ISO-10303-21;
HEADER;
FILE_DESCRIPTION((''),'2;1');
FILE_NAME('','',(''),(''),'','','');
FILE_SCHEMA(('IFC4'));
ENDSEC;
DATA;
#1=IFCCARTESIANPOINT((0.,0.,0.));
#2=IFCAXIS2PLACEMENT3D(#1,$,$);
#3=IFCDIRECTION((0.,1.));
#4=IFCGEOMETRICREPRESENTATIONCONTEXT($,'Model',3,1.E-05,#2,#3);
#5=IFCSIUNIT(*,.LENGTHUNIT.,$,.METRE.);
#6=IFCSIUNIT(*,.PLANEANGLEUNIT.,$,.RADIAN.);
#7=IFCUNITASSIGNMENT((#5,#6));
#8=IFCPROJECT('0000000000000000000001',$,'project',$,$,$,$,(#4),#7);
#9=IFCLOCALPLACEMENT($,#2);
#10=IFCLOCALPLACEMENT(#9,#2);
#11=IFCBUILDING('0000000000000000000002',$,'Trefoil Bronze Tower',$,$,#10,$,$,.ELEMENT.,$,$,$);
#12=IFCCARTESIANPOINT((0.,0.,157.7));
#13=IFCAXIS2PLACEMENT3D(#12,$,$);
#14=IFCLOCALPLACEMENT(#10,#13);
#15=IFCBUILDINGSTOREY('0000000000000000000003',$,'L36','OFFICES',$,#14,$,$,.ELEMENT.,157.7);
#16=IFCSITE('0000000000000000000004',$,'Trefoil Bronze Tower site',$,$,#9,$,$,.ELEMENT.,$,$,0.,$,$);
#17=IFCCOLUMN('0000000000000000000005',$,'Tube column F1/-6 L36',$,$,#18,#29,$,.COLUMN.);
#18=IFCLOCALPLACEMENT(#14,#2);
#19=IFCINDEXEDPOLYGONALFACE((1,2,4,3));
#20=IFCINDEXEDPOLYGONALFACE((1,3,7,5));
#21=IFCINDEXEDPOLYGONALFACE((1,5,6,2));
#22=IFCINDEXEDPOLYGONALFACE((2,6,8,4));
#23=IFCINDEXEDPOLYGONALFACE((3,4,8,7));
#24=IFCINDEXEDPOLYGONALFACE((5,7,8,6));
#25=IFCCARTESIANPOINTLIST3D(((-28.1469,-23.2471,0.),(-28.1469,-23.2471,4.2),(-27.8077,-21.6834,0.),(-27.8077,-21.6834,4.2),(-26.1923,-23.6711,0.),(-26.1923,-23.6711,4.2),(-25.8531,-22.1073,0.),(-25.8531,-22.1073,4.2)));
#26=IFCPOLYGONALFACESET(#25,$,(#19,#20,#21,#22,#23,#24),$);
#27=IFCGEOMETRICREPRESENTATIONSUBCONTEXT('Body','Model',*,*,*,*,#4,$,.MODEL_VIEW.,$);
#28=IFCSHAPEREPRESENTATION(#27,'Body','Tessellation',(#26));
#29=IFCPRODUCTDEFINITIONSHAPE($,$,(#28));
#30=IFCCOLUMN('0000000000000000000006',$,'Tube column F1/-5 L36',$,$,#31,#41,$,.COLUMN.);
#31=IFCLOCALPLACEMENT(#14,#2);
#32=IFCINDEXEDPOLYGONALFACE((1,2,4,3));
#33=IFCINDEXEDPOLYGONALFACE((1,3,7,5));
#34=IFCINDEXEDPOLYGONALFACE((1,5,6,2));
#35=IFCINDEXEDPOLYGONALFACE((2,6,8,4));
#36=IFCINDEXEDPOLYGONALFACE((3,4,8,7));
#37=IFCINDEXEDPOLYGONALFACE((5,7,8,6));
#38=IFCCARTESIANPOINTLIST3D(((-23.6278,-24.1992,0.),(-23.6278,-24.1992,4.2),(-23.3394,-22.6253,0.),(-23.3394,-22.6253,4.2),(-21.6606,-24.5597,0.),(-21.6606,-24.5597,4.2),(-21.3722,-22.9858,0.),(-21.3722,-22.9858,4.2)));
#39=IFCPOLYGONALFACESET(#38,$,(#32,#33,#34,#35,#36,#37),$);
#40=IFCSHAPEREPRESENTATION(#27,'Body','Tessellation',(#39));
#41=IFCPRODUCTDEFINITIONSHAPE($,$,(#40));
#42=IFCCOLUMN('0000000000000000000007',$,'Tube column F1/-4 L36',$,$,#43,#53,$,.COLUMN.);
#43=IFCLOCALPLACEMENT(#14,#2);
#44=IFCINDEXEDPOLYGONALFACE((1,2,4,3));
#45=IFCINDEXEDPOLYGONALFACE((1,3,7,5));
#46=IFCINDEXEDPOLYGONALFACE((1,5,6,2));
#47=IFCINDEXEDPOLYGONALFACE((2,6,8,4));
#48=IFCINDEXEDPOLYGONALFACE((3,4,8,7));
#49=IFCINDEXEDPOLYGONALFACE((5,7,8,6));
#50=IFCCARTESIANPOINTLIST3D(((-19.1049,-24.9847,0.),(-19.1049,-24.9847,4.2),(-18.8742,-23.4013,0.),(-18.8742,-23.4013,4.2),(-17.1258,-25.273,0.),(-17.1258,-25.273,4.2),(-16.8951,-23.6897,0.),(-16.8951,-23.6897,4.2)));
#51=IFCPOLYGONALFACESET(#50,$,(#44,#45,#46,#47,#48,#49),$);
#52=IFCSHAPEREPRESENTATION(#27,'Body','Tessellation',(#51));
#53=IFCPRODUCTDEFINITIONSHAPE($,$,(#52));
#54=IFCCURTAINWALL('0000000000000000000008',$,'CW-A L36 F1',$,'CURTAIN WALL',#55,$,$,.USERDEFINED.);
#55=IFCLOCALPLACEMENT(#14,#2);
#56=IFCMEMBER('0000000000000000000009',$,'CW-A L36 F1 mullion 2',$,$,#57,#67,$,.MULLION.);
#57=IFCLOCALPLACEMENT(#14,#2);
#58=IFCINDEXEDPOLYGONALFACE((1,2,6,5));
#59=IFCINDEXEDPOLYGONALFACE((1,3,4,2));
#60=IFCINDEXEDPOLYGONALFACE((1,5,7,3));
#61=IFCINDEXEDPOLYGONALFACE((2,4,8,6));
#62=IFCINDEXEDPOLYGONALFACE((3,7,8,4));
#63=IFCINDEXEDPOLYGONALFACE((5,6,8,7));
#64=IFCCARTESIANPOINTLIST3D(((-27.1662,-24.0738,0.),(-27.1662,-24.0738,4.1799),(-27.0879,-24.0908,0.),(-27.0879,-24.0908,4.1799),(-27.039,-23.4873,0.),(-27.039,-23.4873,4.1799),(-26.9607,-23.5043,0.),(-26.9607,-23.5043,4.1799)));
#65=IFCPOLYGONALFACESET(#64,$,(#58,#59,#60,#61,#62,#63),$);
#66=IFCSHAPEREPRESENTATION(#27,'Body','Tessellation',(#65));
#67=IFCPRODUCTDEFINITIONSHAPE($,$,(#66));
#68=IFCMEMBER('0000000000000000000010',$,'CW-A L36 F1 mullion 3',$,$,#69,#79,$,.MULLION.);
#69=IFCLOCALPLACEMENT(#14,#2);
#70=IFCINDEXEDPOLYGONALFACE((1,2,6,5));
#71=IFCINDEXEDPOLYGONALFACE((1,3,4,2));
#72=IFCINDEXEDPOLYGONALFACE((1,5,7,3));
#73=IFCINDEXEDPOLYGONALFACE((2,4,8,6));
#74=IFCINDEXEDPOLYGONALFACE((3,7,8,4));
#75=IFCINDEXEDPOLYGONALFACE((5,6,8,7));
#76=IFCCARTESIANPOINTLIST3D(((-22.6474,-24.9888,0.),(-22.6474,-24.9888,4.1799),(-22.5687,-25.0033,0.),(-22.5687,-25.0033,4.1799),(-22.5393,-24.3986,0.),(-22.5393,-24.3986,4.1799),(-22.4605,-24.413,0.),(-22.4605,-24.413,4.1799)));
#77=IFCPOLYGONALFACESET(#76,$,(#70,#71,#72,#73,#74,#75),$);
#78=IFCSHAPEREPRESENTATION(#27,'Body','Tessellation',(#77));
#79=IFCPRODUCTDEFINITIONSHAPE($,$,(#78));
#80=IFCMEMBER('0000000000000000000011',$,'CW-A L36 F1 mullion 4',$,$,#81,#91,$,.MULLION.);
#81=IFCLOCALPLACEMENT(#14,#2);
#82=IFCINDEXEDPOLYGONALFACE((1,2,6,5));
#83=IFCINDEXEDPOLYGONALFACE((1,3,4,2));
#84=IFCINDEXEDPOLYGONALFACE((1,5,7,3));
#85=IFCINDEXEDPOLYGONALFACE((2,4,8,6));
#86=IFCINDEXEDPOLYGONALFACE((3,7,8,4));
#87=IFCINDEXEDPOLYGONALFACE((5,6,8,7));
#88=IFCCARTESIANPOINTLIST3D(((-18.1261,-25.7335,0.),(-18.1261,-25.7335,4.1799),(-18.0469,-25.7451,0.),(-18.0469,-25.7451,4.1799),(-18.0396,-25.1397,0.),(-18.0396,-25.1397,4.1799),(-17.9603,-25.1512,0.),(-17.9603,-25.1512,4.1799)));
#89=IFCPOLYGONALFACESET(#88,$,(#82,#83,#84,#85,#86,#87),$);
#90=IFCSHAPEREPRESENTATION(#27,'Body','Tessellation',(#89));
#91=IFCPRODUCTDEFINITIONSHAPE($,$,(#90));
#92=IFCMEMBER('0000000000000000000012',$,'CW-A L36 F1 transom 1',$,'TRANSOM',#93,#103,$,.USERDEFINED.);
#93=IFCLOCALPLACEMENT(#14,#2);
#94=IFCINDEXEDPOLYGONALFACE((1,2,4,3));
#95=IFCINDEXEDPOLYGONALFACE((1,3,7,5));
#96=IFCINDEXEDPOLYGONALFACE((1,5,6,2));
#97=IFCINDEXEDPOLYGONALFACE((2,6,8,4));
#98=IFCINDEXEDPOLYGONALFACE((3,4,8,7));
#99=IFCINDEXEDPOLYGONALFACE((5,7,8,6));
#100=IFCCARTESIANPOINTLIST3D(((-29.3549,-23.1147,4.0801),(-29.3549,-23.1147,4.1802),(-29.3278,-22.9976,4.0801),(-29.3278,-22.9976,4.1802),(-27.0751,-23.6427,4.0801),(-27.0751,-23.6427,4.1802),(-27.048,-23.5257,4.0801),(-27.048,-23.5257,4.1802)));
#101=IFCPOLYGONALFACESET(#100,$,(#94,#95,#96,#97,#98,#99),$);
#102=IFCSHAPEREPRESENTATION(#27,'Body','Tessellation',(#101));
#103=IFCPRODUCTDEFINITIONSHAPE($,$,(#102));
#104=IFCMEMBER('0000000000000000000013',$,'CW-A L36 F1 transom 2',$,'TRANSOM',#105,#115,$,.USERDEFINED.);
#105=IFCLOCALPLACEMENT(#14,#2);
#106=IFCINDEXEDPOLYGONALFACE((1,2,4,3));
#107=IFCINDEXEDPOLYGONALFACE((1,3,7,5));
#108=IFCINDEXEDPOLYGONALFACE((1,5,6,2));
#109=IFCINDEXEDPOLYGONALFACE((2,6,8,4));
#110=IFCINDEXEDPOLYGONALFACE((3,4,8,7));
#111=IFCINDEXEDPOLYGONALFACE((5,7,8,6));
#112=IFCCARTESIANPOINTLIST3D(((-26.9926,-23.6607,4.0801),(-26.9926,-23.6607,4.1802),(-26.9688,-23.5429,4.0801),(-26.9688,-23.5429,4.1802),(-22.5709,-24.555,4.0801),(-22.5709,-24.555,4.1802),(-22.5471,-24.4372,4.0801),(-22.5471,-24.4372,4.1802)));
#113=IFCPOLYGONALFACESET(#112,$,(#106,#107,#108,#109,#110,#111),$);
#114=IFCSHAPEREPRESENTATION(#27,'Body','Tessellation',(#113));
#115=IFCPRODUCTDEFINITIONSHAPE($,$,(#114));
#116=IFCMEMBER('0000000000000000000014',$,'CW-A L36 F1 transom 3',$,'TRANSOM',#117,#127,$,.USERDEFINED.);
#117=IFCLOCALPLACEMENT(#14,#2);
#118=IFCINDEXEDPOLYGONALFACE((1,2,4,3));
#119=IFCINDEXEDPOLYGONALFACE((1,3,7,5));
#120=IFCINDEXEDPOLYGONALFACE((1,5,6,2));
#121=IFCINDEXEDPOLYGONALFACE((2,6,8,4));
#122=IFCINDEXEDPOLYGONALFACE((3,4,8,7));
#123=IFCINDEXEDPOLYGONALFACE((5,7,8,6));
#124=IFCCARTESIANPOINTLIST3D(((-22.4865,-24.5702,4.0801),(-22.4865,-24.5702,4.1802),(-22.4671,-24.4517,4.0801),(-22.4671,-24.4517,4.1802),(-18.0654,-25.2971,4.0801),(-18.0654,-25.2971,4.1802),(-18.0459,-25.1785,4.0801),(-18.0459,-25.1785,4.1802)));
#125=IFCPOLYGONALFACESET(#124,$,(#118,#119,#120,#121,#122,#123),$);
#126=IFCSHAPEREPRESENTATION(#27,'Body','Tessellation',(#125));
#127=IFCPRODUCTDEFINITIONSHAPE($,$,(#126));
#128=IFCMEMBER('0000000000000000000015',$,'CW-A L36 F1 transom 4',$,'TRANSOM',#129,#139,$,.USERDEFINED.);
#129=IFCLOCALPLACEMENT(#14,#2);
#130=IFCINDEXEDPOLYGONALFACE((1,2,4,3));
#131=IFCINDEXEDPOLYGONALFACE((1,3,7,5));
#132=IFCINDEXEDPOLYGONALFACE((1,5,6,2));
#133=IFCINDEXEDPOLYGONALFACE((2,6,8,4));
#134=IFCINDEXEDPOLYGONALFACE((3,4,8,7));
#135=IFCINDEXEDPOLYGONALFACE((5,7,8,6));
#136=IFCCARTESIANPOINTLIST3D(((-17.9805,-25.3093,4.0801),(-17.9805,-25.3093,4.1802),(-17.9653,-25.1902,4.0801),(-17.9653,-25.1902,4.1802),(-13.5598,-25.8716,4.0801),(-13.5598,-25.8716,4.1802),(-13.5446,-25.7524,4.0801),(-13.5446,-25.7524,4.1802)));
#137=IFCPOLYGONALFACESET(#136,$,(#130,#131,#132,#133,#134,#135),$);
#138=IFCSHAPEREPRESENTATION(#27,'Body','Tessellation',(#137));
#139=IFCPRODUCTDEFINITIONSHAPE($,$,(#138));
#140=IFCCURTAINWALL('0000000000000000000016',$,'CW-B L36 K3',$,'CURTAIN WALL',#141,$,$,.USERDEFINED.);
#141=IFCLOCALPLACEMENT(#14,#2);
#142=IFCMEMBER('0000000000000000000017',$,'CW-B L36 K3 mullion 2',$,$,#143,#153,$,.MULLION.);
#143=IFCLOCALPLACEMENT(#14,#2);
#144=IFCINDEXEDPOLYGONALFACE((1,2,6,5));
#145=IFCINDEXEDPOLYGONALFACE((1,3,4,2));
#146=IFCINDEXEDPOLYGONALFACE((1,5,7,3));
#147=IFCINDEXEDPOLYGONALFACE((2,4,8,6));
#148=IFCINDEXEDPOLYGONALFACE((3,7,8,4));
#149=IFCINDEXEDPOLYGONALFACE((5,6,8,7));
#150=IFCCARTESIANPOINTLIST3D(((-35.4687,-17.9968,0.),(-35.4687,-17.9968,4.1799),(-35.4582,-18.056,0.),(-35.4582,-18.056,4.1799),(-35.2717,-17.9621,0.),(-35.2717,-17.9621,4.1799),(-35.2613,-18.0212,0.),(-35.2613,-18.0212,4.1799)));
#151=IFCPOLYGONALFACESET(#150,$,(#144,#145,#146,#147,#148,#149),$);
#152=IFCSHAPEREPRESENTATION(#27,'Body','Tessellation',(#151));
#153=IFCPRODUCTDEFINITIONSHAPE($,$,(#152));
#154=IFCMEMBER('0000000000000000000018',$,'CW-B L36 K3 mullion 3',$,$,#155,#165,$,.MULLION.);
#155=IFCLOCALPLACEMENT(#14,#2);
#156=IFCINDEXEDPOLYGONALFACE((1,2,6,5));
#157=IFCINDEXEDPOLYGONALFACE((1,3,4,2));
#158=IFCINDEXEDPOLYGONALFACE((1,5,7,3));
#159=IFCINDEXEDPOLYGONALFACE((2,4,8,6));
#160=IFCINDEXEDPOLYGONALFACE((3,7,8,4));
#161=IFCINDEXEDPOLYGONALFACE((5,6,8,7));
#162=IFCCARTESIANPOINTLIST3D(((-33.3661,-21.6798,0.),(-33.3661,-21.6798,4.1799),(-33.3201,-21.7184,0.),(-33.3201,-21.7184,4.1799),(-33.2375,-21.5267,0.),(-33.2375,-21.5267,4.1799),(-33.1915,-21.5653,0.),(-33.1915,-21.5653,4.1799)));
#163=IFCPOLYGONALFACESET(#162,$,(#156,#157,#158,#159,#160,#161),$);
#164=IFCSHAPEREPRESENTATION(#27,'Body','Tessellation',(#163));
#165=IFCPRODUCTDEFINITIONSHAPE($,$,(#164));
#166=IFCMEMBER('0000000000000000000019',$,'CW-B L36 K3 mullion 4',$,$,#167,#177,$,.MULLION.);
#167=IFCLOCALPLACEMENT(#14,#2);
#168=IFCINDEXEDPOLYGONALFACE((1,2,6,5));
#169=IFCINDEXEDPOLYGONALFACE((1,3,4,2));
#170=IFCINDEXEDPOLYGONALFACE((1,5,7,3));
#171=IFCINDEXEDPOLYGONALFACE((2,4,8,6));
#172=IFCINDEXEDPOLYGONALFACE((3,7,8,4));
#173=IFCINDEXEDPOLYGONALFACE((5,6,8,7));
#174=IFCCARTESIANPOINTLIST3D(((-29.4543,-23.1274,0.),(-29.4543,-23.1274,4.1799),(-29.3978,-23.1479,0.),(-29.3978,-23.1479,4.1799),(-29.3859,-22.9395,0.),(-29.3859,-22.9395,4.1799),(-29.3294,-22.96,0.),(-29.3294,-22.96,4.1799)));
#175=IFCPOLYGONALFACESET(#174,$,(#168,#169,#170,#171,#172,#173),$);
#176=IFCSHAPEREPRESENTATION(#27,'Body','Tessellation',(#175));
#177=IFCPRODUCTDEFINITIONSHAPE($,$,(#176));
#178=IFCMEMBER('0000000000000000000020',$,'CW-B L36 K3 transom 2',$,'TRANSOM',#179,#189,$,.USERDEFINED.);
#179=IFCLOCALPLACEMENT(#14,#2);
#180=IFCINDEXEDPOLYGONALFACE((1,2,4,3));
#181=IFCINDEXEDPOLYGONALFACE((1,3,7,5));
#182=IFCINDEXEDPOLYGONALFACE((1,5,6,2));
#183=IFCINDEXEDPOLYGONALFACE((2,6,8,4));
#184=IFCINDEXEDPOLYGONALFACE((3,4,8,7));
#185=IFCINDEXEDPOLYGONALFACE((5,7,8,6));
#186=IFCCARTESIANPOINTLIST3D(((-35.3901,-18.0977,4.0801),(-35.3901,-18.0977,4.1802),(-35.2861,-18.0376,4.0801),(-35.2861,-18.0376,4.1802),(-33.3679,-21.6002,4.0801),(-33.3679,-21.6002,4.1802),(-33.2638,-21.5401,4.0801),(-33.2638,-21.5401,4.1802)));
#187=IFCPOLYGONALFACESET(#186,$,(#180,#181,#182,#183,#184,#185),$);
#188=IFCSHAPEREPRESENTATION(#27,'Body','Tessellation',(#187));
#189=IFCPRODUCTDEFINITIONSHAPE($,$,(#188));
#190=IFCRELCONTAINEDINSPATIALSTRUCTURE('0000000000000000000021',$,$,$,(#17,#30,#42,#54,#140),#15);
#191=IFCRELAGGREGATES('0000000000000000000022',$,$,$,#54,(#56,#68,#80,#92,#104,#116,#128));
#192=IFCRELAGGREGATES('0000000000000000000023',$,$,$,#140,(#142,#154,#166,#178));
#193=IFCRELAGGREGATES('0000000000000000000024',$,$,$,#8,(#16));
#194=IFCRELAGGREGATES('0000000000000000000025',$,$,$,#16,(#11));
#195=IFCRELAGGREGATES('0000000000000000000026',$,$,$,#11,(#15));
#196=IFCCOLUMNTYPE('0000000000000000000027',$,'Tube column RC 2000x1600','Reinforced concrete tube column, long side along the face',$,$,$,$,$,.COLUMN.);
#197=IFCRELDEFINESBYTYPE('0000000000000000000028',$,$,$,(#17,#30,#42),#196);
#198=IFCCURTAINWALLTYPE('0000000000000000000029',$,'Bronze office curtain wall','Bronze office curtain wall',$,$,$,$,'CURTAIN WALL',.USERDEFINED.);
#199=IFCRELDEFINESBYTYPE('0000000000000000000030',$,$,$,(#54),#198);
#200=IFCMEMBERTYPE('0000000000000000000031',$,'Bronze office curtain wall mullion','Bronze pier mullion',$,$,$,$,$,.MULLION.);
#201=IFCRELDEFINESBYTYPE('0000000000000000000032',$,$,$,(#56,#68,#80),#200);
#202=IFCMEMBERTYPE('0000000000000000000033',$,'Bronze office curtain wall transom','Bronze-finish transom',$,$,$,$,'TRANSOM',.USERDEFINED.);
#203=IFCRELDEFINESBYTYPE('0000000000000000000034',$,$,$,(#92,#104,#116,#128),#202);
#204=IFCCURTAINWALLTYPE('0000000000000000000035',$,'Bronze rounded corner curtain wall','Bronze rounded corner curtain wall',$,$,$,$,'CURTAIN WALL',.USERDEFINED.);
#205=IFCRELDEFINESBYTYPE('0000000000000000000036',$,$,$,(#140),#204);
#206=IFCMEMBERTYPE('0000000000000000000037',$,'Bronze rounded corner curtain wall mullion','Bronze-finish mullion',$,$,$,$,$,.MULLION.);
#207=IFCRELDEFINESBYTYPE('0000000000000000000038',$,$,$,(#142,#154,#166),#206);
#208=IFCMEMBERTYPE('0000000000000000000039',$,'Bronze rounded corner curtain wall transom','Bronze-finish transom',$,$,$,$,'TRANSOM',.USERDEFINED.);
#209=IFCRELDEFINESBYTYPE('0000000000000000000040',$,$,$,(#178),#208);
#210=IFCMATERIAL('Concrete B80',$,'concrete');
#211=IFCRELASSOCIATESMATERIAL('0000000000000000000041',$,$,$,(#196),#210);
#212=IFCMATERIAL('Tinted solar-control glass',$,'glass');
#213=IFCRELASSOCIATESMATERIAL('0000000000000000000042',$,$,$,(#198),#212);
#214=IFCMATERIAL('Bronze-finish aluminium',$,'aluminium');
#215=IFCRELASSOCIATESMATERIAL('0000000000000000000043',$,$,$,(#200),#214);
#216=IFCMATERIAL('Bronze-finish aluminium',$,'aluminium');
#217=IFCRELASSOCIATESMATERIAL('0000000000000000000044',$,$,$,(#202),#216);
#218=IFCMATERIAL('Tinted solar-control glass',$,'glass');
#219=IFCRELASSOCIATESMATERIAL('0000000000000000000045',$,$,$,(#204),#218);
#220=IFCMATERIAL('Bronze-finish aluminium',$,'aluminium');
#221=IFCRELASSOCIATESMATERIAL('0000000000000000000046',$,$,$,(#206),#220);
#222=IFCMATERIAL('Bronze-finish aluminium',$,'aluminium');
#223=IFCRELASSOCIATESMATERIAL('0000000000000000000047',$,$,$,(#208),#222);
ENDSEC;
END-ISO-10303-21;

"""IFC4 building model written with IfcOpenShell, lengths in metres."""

from ifc_helpers import new_model, si_unit, direction, frame, origin, origin_2d, place, context, subcontext, project, spatial, rectangle, extrude, material, material_profile, profile_set, type_object, element, aggregate, save


model = new_model("IFC4")

# Units and contexts
model_context = context("Model", 3, precision=1e-05, world=origin(), true_north=direction((0.0, 1.0)))
body_context = subcontext(model_context, "Body", "Model", "MODEL_VIEW")
ifc_project = project(units=[si_unit("LENGTHUNIT", "METRE"), si_unit("PLANEANGLEUNIT", "RADIAN")], contexts=[model_context])

# Site, building, storey
site_placement = place(None, origin())
site = spatial("IfcSite", under=ifc_project, at=site_placement, Name="Trefoil Bronze Tower site", CompositionType="ELEMENT", RefElevation=0.0)
building_placement = place(site_placement, origin())
building = spatial("IfcBuilding", under=site, at=building_placement, Name="Trefoil Bronze Tower", CompositionType="ELEMENT")
storey_placement = place(building_placement, frame((0.0, 0.0, 157.7)))
storey = spatial("IfcBuildingStorey", under=building, at=storey_placement, Name="L36", Description="OFFICES", CompositionType="ELEMENT", Elevation=157.7)

# Columns
ifc_material_1 = material(Name="Concrete B80", Category="concrete")
ifc_material_profile_1 = material_profile(ifc_material_1, rectangle(XDim=2.0, YDim=1.6001, at=origin_2d()), Name="RC 2000x1600")
ifc_profile_set_1 = profile_set([ifc_material_profile_1], Name="Concrete B80")
column_type = type_object("IfcColumnType", Name="Tube column RC 2000x1600", Description="Reinforced concrete tube column, long side along the face", PredefinedType="COLUMN", material=ifc_profile_set_1)
for number, where, z_axis, x_axis, name in (
    (1, (-27.0, -22.6772, 0.0), (0.0, 0.0, 1.0), (0.977276, -0.21197, 0.0), "Tube column F1/-6 L36"),
    (2, (-22.5, -23.5925, 0.0), (0.0, 0.0, 1.0), (0.983623, -0.180241, 0.0), "Tube column F1/-5 L36"),
    (3, (-18.0, -24.3372, 0.0), (0.0, 0.0, 1.0), (0.98955, -0.144192, 0.0), "Tube column F1/-4 L36"),
):
    element("IfcColumn", number, at=place(storey_placement, frame(where, z_axis=z_axis, x_axis=x_axis)), inside=storey, type_object=column_type, Name=name, PredefinedType="COLUMN", context=body_context, shape_type="SweptSolid", body=[
        extrude(rectangle(XDim=2.0, YDim=1.6001, at=origin_2d()), origin(), (0.0, 0.0, 1.0), 4.2),
    ])

# Curtain walls, members
ifc_material_2 = material(Name="Tinted solar-control glass", Category="glass")
curtain_wall_type_1 = type_object("IfcCurtainWallType", Name="Bronze office curtain wall", Description="Bronze office curtain wall", ElementType="CURTAIN WALL", PredefinedType="USERDEFINED", material=ifc_material_2)
curtain_wall_1_placement = place(storey_placement, origin())
curtain_wall_1 = element("IfcCurtainWall", 4, at=curtain_wall_1_placement, inside=storey, type_object=curtain_wall_type_1, Name="CW-A L36 F1", ObjectType="CURTAIN WALL", PredefinedType="USERDEFINED")
ifc_material_3 = material(Name="Bronze-finish aluminium", Category="aluminium")
ifc_material_profile_2 = material_profile(ifc_material_3, rectangle(XDim=0.6001, YDim=0.0801, at=origin_2d()), Name="CW-A mullion")
ifc_profile_set_2 = profile_set([ifc_material_profile_2], Name="Bronze-finish aluminium")
member_type_1 = type_object("IfcMemberType", Name="Bronze office curtain wall mullion", Description="Bronze pier mullion", PredefinedType="MULLION", material=ifc_profile_set_2)
member_1_placement = place(storey_placement, frame((-27.0635, -23.7891, 0.0), z_axis=(0.0, 0.0, 1.0), x_axis=(0.21197, 0.977276, 0.0)))
member_1 = element("IfcMember", 5, at=member_1_placement, type_object=member_type_1, Name="CW-A L36 F1 mullion 2", PredefinedType="MULLION", context=body_context, shape_type="SweptSolid", body=[
    extrude(rectangle(XDim=0.6001, YDim=0.0801, at=origin_2d()), origin(), (0.0, 0.0, 1.0), 4.1799),
])
member_2_placement = place(storey_placement, frame((-22.554, -24.7009, 0.0), z_axis=(0.0, 0.0, 1.0), x_axis=(0.180241, 0.983623, 0.0)))
member_2 = element("IfcMember", 6, at=member_2_placement, type_object=member_type_1, Name="CW-A L36 F1 mullion 3", PredefinedType="MULLION", context=body_context, shape_type="SweptSolid", body=[
    extrude(rectangle(XDim=0.6001, YDim=0.0801, at=origin_2d()), origin(), (0.0, 0.0, 1.0), 4.1799),
])
member_3_placement = place(storey_placement, frame((-18.0432, -25.4424, 0.0), z_axis=(0.0, 0.0, 1.0), x_axis=(0.144192, 0.98955, 0.0)))
member_3 = element("IfcMember", 7, at=member_3_placement, type_object=member_type_1, Name="CW-A L36 F1 mullion 4", PredefinedType="MULLION", context=body_context, shape_type="SweptSolid", body=[
    extrude(rectangle(XDim=0.6001, YDim=0.0801, at=origin_2d()), origin(), (0.0, 0.0, 1.0), 4.1799),
])
ifc_material_4 = material(Name="Bronze-finish aluminium", Category="aluminium")
ifc_material_profile_3 = material_profile(ifc_material_4, rectangle(XDim=0.1201, YDim=0.1001, at=origin_2d()), Name="CW-A transom")
ifc_profile_set_3 = profile_set([ifc_material_profile_3], Name="Bronze-finish aluminium")
member_type_2 = type_object("IfcMemberType", Name="Bronze office curtain wall transom", Description="Bronze-finish transom", ElementType="TRANSOM", PredefinedType="USERDEFINED", material=ifc_profile_set_3)
member_4_placement = place(storey_placement, frame((-29.3413, -23.0562, 4.1301), z_axis=(0.974206, -0.225659, 0.0), x_axis=(0.225659, 0.974206, 0.0)))
member_4 = element("IfcMember", 8, at=member_4_placement, type_object=member_type_2, Name="CW-A L36 F1 transom 1", ObjectType="TRANSOM", PredefinedType="USERDEFINED", context=body_context, shape_type="SweptSolid", body=[
    extrude(rectangle(XDim=0.1201, YDim=0.1001, at=origin_2d()), origin(), (0.0, 0.0, 1.0), 2.3401),
])
member_5_placement = place(storey_placement, frame((-26.9807, -23.6018, 4.1301), z_axis=(0.980154, -0.198239, 0.0), x_axis=(0.198239, 0.980154, 0.0)))
member_5 = element("IfcMember", 9, at=member_5_placement, type_object=member_type_2, Name="CW-A L36 F1 transom 2", ObjectType="TRANSOM", PredefinedType="USERDEFINED", context=body_context, shape_type="SweptSolid", body=[
    extrude(rectangle(XDim=0.1201, YDim=0.1001, at=origin_2d()), origin(), (0.0, 0.0, 1.0), 4.5112),
])
member_6_placement = place(storey_placement, frame((-22.4768, -24.511, 4.1301), z_axis=(0.986755, -0.162216, 0.0), x_axis=(0.162216, 0.986755, 0.0)))
member_6 = element("IfcMember", 10, at=member_6_placement, type_object=member_type_2, Name="CW-A L36 F1 transom 3", ObjectType="TRANSOM", PredefinedType="USERDEFINED", context=body_context, shape_type="SweptSolid", body=[
    extrude(rectangle(XDim=0.1201, YDim=0.1001, at=origin_2d()), origin(), (0.0, 0.0, 1.0), 4.4805),
])
member_7_placement = place(storey_placement, frame((-17.9729, -25.2498, 4.1301), z_axis=(0.992008, -0.126172, 0.0), x_axis=(0.126172, 0.992008, 0.0)))
member_7 = element("IfcMember", 11, at=member_7_placement, type_object=member_type_2, Name="CW-A L36 F1 transom 4", ObjectType="TRANSOM", PredefinedType="USERDEFINED", context=body_context, shape_type="SweptSolid", body=[
    extrude(rectangle(XDim=0.1201, YDim=0.1001, at=origin_2d()), origin(), (0.0, 0.0, 1.0), 4.4563),
])
ifc_material_5 = material(Name="Tinted solar-control glass", Category="glass")
curtain_wall_type_2 = type_object("IfcCurtainWallType", Name="Bronze rounded corner curtain wall", Description="Bronze rounded corner curtain wall", ElementType="CURTAIN WALL", PredefinedType="USERDEFINED", material=ifc_material_5)
curtain_wall_2_placement = place(storey_placement, origin())
curtain_wall_2 = element("IfcCurtainWall", 12, at=curtain_wall_2_placement, inside=storey, type_object=curtain_wall_type_2, Name="CW-B L36 K3", ObjectType="CURTAIN WALL", PredefinedType="USERDEFINED")
ifc_material_6 = material(Name="Bronze-finish aluminium", Category="aluminium")
ifc_material_profile_4 = material_profile(ifc_material_6, rectangle(XDim=0.2, YDim=0.0601, at=origin_2d()), Name="CW-B mullion")
ifc_profile_set_4 = profile_set([ifc_material_profile_4], Name="Bronze-finish aluminium")
member_type_3 = type_object("IfcMemberType", Name="Bronze rounded corner curtain wall mullion", Description="Bronze-finish mullion", PredefinedType="MULLION", material=ifc_profile_set_4)
member_8_placement = place(storey_placement, frame((-35.365, -18.009, 0.0), z_axis=(0.0, 0.0, 1.0), x_axis=(0.984808, 0.173648, 0.0)))
member_8 = element("IfcMember", 13, at=member_8_placement, type_object=member_type_3, Name="CW-B L36 K3 mullion 2", PredefinedType="MULLION", context=body_context, shape_type="SweptSolid", body=[
    extrude(rectangle(XDim=0.2, YDim=0.0601, at=origin_2d()), origin(), (0.0, 0.0, 1.0), 4.1799),
])
member_9_placement = place(storey_placement, frame((-33.2788, -21.6226, 0.0), z_axis=(0.0, 0.0, 1.0), x_axis=(0.642788, 0.766044, 0.0)))
member_9 = element("IfcMember", 14, at=member_9_placement, type_object=member_type_3, Name="CW-B L36 K3 mullion 3", PredefinedType="MULLION", context=body_context, shape_type="SweptSolid", body=[
    extrude(rectangle(XDim=0.2, YDim=0.0601, at=origin_2d()), origin(), (0.0, 0.0, 1.0), 4.1799),
])
member_10_placement = place(storey_placement, frame((-29.3918, -23.0437, 0.0), z_axis=(0.0, 0.0, 1.0), x_axis=(0.34202, 0.939693, 0.0)))
member_10 = element("IfcMember", 15, at=member_10_placement, type_object=member_type_3, Name="CW-B L36 K3 mullion 4", PredefinedType="MULLION", context=body_context, shape_type="SweptSolid", body=[
    extrude(rectangle(XDim=0.2, YDim=0.0601, at=origin_2d()), origin(), (0.0, 0.0, 1.0), 4.1799),
])
ifc_material_7 = material(Name="Bronze-finish aluminium", Category="aluminium")
ifc_material_profile_5 = material_profile(ifc_material_7, rectangle(XDim=0.1201, YDim=0.1001, at=origin_2d()), Name="CW-B transom")
ifc_profile_set_5 = profile_set([ifc_material_profile_5], Name="Bronze-finish aluminium")
member_type_4 = type_object("IfcMemberType", Name="Bronze rounded corner curtain wall transom", Description="Bronze-finish transom", ElementType="TRANSOM", PredefinedType="USERDEFINED", material=ifc_profile_set_5)
member_11_placement = place(storey_placement, frame((-35.3381, -18.0676, 4.1301), z_axis=(0.500015, -0.866017, 0.0), x_axis=(0.866017, 0.500015, 0.0)))
member_11 = element("IfcMember", 16, at=member_11_placement, type_object=member_type_4, Name="CW-B L36 K3 transom 2", ObjectType="TRANSOM", PredefinedType="USERDEFINED", context=body_context, shape_type="SweptSolid", body=[
    extrude(rectangle(XDim=0.1201, YDim=0.1001, at=origin_2d()), origin(), (0.0, 0.0, 1.0), 4.0444),
])

aggregate(curtain_wall_1, [member_1, member_2, member_3, member_4, member_5, member_6, member_7])
aggregate(curtain_wall_2, [member_8, member_9, member_10, member_11])

save(model, "model.ifc")
